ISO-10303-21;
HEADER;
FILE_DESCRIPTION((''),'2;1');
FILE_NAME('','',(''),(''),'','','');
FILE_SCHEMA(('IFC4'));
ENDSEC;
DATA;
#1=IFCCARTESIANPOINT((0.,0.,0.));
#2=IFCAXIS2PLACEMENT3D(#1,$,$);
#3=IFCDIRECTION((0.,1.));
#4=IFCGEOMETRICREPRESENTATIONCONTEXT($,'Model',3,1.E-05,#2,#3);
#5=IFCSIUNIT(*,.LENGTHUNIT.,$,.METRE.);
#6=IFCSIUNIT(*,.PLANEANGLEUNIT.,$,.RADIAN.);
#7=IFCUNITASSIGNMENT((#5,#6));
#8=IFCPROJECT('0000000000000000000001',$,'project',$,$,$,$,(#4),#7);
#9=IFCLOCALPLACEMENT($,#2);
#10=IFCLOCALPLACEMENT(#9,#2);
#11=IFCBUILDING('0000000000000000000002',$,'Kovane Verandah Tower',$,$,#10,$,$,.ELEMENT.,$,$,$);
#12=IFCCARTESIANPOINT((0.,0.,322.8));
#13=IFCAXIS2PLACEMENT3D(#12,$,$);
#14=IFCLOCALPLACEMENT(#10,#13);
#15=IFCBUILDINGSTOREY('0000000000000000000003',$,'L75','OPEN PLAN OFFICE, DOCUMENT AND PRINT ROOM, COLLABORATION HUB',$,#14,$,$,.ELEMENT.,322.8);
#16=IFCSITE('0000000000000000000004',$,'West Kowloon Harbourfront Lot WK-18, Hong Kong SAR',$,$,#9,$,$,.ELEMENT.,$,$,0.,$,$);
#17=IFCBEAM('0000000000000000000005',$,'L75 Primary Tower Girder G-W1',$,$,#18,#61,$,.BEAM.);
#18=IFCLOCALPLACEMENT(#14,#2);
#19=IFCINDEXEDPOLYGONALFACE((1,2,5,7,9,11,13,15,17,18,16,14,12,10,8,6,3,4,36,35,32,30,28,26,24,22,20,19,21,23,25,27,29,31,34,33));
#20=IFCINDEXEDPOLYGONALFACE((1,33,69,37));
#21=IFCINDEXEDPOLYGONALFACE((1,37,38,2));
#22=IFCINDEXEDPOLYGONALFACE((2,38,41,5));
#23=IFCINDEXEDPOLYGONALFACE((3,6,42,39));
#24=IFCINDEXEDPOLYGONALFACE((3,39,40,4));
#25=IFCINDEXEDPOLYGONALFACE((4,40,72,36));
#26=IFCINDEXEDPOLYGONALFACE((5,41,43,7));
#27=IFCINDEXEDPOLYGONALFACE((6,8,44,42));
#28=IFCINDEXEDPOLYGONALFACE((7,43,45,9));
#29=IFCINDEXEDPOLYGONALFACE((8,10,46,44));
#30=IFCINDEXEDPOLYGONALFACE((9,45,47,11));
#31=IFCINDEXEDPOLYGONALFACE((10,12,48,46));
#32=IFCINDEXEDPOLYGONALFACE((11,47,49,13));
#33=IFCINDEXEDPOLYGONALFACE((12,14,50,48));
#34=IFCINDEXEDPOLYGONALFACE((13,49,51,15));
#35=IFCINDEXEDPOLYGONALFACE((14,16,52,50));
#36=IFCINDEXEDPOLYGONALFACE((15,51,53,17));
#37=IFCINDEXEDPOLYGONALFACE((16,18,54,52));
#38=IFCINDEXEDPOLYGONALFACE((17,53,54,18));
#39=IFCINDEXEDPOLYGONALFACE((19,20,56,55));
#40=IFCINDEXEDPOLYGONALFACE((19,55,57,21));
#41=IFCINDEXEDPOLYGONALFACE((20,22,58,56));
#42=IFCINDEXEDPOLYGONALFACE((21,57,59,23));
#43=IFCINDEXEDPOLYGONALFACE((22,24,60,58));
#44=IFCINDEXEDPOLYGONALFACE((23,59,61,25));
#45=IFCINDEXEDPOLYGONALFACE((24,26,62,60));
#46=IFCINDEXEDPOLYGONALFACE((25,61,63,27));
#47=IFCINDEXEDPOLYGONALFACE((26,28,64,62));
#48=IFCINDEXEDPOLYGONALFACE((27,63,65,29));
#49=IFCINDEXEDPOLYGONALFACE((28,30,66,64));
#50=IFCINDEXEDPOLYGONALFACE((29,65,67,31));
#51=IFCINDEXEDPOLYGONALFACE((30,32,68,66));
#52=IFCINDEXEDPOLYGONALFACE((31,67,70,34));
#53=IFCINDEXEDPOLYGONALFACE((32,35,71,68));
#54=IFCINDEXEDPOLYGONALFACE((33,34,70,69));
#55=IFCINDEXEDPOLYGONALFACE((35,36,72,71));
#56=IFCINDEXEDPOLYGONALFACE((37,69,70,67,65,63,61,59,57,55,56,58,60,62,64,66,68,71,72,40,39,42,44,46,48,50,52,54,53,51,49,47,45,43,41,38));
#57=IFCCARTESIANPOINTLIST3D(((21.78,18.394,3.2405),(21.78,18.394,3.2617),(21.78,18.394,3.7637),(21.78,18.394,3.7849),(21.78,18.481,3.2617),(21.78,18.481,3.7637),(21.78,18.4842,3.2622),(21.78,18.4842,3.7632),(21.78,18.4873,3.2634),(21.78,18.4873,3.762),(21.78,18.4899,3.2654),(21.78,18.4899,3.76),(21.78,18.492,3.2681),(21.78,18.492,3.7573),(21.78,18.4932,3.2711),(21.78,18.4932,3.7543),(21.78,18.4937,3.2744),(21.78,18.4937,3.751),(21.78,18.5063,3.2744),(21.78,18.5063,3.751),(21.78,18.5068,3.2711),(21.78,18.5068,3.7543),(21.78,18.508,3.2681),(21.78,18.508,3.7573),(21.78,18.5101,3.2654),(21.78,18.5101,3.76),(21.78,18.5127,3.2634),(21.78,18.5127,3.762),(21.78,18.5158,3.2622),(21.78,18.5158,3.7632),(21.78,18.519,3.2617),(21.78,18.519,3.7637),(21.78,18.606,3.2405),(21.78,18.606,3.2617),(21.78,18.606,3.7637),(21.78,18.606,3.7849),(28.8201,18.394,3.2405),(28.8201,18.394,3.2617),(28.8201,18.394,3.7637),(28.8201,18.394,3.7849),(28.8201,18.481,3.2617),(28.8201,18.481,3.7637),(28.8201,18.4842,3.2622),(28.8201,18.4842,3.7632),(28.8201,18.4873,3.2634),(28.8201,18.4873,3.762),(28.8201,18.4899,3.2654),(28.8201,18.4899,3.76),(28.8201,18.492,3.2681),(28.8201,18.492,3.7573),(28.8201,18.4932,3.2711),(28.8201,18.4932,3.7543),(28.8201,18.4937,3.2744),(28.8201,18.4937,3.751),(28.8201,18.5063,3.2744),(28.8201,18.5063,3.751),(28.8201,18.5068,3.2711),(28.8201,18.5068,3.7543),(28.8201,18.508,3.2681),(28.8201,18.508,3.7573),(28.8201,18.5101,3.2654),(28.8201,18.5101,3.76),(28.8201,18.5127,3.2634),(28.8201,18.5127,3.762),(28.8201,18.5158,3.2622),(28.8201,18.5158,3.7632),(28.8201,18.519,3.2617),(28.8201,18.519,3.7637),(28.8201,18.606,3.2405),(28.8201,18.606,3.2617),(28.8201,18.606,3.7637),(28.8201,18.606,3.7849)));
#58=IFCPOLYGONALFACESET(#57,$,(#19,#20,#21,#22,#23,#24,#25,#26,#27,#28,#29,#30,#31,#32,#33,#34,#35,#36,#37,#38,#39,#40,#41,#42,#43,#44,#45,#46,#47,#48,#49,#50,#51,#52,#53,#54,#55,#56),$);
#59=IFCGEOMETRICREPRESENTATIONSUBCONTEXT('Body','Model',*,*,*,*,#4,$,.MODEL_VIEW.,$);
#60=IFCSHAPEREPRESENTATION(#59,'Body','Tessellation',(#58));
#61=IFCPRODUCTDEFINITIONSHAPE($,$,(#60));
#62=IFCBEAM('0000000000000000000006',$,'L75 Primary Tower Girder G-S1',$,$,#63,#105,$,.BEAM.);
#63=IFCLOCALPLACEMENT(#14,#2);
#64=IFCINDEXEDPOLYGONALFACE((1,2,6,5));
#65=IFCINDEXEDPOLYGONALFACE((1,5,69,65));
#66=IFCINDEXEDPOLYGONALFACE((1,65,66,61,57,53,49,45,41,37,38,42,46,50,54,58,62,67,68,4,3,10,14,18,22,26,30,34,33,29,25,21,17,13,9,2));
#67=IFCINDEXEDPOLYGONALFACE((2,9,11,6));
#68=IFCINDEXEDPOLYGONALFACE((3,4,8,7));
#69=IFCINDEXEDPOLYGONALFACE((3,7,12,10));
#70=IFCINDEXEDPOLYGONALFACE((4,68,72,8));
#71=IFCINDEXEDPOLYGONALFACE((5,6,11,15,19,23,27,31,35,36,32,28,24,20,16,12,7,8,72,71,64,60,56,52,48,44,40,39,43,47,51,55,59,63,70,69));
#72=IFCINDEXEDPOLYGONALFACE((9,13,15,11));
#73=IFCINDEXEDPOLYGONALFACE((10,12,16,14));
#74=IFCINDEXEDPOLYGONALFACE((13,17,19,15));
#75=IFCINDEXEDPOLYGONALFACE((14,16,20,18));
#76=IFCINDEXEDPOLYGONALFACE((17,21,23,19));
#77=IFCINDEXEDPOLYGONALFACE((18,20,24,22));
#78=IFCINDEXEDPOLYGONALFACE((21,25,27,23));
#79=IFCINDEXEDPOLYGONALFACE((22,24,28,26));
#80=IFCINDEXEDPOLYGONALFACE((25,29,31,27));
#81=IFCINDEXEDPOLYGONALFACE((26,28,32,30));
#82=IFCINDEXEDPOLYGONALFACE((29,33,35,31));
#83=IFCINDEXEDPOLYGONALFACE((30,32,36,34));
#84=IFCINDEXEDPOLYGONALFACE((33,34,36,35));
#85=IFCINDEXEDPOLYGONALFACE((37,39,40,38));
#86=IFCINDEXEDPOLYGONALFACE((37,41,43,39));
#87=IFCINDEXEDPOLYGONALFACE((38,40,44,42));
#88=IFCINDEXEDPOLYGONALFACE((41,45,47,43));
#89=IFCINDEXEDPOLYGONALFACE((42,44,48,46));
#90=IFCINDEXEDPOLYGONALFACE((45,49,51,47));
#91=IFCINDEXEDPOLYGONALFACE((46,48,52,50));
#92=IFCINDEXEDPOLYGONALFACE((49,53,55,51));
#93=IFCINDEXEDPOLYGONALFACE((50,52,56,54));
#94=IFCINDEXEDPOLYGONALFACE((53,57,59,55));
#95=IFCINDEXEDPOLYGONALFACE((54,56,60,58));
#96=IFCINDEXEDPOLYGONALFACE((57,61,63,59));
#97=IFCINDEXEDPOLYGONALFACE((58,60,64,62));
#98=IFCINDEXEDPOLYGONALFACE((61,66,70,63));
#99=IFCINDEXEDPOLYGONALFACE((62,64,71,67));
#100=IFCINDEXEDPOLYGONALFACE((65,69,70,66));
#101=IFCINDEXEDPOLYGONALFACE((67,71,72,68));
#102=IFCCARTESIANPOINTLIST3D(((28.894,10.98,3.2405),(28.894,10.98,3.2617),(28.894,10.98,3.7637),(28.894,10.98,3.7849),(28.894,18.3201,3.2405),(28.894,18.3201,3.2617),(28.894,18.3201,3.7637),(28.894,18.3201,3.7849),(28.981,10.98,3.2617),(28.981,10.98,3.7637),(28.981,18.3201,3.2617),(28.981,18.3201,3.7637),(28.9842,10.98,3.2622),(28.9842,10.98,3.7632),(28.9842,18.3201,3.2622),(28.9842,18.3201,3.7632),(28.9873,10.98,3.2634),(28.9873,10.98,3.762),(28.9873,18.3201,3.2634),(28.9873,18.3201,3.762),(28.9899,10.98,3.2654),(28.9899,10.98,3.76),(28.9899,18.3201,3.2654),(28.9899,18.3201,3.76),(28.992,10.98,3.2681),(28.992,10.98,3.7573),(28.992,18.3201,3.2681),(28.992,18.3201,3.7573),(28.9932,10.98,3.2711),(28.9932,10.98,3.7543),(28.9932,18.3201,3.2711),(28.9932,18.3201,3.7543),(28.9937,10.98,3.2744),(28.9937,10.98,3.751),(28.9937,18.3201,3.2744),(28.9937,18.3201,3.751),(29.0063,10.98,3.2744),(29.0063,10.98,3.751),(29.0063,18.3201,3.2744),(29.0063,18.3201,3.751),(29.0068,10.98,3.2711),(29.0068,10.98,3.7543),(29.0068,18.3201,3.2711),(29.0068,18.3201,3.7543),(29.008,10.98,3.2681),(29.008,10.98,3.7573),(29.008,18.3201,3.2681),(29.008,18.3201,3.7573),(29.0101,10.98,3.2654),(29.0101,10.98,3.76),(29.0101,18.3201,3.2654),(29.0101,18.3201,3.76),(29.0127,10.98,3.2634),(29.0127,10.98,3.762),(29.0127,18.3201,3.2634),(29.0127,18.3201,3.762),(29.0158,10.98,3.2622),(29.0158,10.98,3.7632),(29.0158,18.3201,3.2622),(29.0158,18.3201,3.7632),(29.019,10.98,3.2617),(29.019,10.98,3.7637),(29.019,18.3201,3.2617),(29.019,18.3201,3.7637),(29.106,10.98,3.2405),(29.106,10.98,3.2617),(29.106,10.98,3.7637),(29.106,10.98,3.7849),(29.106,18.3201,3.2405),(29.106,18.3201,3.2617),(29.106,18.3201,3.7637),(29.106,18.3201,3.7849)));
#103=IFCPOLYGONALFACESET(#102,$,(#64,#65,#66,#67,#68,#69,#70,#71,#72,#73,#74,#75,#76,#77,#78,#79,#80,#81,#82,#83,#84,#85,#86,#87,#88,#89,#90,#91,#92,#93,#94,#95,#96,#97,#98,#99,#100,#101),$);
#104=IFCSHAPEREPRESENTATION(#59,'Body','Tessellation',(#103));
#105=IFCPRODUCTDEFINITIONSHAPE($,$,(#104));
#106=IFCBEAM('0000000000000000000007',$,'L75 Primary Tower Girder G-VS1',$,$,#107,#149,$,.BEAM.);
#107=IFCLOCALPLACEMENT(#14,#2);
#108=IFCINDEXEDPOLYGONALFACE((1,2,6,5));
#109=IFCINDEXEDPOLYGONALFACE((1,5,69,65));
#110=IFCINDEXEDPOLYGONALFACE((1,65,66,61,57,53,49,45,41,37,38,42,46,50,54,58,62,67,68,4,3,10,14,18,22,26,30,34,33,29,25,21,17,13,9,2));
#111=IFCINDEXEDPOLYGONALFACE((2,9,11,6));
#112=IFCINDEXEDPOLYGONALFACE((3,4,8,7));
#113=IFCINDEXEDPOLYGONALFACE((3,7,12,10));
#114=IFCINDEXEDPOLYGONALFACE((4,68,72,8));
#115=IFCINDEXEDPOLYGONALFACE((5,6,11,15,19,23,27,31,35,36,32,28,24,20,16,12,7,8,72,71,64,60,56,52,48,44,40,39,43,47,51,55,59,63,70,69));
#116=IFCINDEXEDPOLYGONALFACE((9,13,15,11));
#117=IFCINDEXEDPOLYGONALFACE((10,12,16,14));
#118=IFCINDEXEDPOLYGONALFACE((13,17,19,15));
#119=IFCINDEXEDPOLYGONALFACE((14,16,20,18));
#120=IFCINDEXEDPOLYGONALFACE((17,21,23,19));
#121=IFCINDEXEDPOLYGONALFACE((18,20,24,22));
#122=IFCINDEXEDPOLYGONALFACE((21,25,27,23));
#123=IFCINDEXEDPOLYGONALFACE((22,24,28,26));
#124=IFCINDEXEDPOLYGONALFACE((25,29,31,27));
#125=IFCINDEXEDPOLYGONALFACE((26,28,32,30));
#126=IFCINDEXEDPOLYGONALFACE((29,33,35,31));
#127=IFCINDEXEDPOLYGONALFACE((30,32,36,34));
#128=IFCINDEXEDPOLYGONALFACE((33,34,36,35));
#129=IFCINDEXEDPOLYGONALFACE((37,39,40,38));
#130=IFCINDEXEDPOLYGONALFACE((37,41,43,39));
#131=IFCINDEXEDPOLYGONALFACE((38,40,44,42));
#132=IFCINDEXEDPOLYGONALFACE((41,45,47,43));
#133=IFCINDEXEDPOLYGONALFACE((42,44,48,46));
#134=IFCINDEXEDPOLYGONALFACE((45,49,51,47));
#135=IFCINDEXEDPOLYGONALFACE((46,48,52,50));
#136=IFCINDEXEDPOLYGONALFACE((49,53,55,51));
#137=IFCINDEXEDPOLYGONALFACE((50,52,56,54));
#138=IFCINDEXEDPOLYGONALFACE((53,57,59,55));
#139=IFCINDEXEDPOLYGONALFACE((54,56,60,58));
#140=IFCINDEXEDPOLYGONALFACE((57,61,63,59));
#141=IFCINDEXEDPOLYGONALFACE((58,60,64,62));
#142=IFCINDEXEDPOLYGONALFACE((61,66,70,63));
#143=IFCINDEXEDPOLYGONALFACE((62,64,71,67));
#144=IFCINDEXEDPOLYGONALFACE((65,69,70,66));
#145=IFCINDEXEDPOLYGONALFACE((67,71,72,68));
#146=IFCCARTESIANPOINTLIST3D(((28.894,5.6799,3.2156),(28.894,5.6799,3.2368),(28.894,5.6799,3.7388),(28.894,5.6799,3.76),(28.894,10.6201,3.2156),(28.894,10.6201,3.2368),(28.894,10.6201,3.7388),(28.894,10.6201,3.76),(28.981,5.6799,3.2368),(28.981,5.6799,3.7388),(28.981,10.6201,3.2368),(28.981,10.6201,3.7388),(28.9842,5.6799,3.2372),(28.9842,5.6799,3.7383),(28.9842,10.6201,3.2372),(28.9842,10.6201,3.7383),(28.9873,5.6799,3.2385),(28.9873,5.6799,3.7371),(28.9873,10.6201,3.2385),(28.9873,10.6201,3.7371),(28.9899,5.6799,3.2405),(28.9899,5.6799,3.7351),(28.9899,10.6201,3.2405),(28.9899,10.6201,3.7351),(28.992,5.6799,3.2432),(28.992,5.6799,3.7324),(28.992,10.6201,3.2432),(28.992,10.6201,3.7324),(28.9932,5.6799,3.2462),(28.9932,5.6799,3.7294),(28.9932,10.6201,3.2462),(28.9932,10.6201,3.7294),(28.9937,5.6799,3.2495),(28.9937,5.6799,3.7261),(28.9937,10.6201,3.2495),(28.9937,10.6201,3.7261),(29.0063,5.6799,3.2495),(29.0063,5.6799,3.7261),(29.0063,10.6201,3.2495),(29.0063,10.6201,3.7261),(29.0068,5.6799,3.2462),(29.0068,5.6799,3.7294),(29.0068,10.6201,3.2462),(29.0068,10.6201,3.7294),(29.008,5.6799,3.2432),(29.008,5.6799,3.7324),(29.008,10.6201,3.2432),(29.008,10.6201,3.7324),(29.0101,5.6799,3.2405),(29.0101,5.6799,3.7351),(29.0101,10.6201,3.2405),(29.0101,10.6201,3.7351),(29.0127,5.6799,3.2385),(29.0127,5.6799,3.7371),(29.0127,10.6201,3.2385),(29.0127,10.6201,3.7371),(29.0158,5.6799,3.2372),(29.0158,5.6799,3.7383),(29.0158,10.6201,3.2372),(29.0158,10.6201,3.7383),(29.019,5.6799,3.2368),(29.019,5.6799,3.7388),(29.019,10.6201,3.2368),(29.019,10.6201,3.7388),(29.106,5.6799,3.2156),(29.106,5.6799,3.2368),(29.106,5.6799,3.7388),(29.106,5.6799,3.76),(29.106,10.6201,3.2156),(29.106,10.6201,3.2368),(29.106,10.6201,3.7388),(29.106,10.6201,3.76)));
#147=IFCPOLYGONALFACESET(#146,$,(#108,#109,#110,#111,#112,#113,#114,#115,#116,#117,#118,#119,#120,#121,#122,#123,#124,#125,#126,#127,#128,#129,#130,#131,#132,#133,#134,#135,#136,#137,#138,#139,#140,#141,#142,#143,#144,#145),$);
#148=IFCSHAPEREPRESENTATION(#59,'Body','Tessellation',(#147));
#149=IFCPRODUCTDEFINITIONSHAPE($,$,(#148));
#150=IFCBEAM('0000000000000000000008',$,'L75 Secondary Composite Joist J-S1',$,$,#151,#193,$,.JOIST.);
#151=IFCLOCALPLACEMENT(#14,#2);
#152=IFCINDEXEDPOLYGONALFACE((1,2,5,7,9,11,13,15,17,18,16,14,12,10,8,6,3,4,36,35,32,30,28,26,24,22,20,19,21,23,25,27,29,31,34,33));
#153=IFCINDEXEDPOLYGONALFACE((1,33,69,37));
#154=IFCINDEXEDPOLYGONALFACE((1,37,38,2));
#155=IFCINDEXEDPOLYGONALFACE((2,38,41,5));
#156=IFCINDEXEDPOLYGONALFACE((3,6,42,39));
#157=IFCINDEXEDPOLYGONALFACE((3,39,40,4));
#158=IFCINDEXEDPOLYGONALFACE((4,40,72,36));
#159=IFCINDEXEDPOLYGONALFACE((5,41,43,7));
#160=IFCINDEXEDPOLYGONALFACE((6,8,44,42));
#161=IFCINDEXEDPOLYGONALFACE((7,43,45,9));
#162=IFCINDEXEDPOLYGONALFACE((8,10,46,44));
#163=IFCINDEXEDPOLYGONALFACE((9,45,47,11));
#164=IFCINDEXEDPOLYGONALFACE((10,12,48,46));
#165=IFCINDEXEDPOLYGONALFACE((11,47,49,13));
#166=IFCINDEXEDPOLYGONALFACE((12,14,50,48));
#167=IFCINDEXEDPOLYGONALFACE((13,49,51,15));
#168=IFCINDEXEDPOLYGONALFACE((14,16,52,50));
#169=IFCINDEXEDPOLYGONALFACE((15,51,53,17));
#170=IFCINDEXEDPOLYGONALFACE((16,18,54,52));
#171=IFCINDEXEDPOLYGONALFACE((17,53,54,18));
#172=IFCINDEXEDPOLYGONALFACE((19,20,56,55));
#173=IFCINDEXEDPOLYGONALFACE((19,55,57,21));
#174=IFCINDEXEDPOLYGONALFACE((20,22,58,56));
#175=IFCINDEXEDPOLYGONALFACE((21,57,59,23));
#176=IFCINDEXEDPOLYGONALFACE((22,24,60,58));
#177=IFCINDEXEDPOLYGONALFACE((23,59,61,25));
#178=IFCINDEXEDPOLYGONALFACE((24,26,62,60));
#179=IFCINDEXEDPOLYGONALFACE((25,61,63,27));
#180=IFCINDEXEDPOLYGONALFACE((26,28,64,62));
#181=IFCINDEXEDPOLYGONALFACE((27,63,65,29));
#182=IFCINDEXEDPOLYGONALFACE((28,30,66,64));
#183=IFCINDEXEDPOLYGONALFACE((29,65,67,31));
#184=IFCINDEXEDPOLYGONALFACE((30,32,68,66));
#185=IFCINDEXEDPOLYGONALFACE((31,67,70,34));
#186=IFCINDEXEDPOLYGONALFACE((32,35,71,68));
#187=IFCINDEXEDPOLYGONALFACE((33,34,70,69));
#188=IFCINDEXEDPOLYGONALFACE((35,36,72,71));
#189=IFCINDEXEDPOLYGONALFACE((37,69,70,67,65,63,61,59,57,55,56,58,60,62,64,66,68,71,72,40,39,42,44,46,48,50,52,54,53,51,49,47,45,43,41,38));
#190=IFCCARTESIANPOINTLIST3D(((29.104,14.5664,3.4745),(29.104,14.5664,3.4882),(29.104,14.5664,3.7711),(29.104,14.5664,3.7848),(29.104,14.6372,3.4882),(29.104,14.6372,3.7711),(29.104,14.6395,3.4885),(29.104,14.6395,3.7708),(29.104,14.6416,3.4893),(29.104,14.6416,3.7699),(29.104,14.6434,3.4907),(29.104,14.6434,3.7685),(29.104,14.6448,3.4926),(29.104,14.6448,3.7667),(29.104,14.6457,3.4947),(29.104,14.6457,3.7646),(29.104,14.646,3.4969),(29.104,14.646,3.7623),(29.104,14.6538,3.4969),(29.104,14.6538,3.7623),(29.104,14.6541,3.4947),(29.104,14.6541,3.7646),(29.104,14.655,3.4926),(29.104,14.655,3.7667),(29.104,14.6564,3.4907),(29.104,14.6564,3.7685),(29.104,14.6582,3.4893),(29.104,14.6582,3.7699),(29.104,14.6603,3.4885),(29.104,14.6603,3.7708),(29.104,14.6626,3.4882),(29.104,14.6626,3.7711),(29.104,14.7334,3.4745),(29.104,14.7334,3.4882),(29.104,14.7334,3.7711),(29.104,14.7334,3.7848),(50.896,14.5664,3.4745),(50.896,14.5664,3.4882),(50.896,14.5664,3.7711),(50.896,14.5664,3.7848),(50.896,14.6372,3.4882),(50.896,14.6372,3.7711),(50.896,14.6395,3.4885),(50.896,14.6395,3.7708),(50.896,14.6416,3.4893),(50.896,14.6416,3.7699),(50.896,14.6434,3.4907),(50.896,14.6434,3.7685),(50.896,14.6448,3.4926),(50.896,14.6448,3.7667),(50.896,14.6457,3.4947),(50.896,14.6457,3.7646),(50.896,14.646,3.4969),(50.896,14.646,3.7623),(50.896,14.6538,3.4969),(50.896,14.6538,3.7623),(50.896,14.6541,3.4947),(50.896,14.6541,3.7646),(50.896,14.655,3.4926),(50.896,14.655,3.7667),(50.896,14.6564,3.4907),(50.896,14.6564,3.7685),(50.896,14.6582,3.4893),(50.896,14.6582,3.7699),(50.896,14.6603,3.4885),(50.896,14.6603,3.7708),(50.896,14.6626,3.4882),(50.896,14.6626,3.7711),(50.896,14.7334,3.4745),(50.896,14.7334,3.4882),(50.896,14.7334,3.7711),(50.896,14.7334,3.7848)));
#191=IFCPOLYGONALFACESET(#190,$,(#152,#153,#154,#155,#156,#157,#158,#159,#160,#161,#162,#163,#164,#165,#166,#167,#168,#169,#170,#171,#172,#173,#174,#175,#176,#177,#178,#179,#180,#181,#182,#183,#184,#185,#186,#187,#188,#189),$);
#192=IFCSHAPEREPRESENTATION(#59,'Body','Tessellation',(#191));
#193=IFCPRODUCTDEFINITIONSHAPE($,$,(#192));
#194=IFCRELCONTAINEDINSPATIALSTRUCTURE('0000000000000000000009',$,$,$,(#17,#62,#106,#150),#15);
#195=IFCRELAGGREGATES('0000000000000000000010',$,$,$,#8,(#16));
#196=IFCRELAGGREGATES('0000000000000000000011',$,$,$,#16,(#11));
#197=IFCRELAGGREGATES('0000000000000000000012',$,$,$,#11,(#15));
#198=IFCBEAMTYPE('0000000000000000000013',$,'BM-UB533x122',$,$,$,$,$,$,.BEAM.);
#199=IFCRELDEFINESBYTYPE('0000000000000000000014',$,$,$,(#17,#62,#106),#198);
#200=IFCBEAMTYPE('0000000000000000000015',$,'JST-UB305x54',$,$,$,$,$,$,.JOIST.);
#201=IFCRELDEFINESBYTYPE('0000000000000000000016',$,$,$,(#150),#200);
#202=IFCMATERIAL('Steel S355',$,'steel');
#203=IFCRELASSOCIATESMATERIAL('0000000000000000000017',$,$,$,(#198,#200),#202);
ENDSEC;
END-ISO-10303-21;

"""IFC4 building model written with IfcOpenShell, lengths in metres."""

from ifc_helpers import new_model, si_unit, direction, frame, origin, origin_2d, place, context, subcontext, project, spatial, i_section, extrude, material, material_profile, profile_set, type_object, element, save


model = new_model("IFC4")

# Units and contexts
model_context = context("Model", 3, precision=1e-05, world=origin(), true_north=direction((0.0, 1.0)))
body_context = subcontext(model_context, "Body", "Model", "MODEL_VIEW")
ifc_project = project(units=[si_unit("LENGTHUNIT", "METRE"), si_unit("PLANEANGLEUNIT", "RADIAN")], contexts=[model_context])

# Site, building, storey
site_placement = place(None, origin())
site = spatial("IfcSite", under=ifc_project, at=site_placement, Name="West Kowloon Harbourfront Lot WK-18, Hong Kong SAR", CompositionType="ELEMENT", RefElevation=0.0)
building_placement = place(site_placement, origin())
building = spatial("IfcBuilding", under=site, at=building_placement, Name="Kovane Verandah Tower", CompositionType="ELEMENT")
storey_placement = place(building_placement, frame((0.0, 0.0, 322.8)))
storey = spatial("IfcBuildingStorey", under=building, at=storey_placement, Name="L75", Description="OPEN PLAN OFFICE, DOCUMENT AND PRINT ROOM, COLLABORATION HUB", CompositionType="ELEMENT", Elevation=322.8)

# Beams
ifc_material_1 = material(Name="Steel S355", Category="steel")
ifc_material_profile_1 = material_profile(ifc_material_1, i_section(OverallWidth=0.2119, OverallDepth=0.5444, WebThickness=0.0127, FlangeThickness=0.0212, FilletRadius=0.0127, at=origin_2d()), Name="UB533x210x122")
ifc_profile_set_1 = profile_set([ifc_material_profile_1], Name="Steel S355")
beam_type_1 = type_object("IfcBeamType", Name="BM-UB533x122", PredefinedType="BEAM", material=ifc_profile_set_1)
beam_1_placement = place(storey_placement, frame((28.8201, 18.5, 3.5127), z_axis=(-1.0, 0.0, 0.0), x_axis=(0.0, -1.0, 0.0)))
element("IfcBeam", 1, at=beam_1_placement, inside=storey, type_object=beam_type_1, Name="L75 Primary Tower Girder G-W1", PredefinedType="BEAM", context=body_context, shape_type="SweptSolid", body=[
    extrude(i_section(OverallWidth=0.2119, OverallDepth=0.5444, WebThickness=0.0127, FlangeThickness=0.0212, FilletRadius=0.0127, at=origin_2d()), origin(), (0.0, 0.0, 1.0), 7.04),
])
beam_2_placement = place(storey_placement, frame((29.0, 18.3201, 3.5127), z_axis=(0.0, -1.0, 0.0), x_axis=(1.0, 0.0, 0.0)))
element("IfcBeam", 2, at=beam_2_placement, inside=storey, type_object=beam_type_1, Name="L75 Primary Tower Girder G-S1", PredefinedType="BEAM", context=body_context, shape_type="SweptSolid", body=[
    extrude(i_section(OverallWidth=0.2119, OverallDepth=0.5444, WebThickness=0.0127, FlangeThickness=0.0212, FilletRadius=0.0127, at=origin_2d()), origin(), (0.0, 0.0, 1.0), 7.3401),
])
beam_3_placement = place(storey_placement, frame((29.0, 10.6201, 3.4878), z_axis=(0.0, -1.0, 0.0), x_axis=(1.0, 0.0, 0.0)))
element("IfcBeam", 3, at=beam_3_placement, inside=storey, type_object=beam_type_1, Name="L75 Primary Tower Girder G-VS1", PredefinedType="BEAM", context=body_context, shape_type="SweptSolid", body=[
    extrude(i_section(OverallWidth=0.2119, OverallDepth=0.5444, WebThickness=0.0127, FlangeThickness=0.0212, FilletRadius=0.0127, at=origin_2d()), origin(), (0.0, 0.0, 1.0), 4.9402),
])
ifc_material_profile_2 = material_profile(ifc_material_1, i_section(OverallWidth=0.167, OverallDepth=0.3103, WebThickness=0.0078, FlangeThickness=0.0137, FilletRadius=0.0088, at=origin_2d()), Name="UB305x165x54")
ifc_profile_set_2 = profile_set([ifc_material_profile_2], Name="Steel S355")
beam_type_2 = type_object("IfcBeamType", Name="JST-UB305x54", PredefinedType="JOIST", material=ifc_profile_set_2)
beam_4_placement = place(storey_placement, frame((29.104, 14.6499, 3.6296), z_axis=(1.0, 0.0, 0.0), x_axis=(0.0, 1.0, 0.0)))
element("IfcBeam", 4, at=beam_4_placement, inside=storey, type_object=beam_type_2, Name="L75 Secondary Composite Joist J-S1", PredefinedType="JOIST", context=body_context, shape_type="SweptSolid", body=[
    extrude(i_section(OverallWidth=0.167, OverallDepth=0.3103, WebThickness=0.0078, FlangeThickness=0.0137, FilletRadius=0.0088, at=origin_2d()), origin(), (0.0, 0.0, 1.0), 21.792),
])

save(model, "model.ifc")
